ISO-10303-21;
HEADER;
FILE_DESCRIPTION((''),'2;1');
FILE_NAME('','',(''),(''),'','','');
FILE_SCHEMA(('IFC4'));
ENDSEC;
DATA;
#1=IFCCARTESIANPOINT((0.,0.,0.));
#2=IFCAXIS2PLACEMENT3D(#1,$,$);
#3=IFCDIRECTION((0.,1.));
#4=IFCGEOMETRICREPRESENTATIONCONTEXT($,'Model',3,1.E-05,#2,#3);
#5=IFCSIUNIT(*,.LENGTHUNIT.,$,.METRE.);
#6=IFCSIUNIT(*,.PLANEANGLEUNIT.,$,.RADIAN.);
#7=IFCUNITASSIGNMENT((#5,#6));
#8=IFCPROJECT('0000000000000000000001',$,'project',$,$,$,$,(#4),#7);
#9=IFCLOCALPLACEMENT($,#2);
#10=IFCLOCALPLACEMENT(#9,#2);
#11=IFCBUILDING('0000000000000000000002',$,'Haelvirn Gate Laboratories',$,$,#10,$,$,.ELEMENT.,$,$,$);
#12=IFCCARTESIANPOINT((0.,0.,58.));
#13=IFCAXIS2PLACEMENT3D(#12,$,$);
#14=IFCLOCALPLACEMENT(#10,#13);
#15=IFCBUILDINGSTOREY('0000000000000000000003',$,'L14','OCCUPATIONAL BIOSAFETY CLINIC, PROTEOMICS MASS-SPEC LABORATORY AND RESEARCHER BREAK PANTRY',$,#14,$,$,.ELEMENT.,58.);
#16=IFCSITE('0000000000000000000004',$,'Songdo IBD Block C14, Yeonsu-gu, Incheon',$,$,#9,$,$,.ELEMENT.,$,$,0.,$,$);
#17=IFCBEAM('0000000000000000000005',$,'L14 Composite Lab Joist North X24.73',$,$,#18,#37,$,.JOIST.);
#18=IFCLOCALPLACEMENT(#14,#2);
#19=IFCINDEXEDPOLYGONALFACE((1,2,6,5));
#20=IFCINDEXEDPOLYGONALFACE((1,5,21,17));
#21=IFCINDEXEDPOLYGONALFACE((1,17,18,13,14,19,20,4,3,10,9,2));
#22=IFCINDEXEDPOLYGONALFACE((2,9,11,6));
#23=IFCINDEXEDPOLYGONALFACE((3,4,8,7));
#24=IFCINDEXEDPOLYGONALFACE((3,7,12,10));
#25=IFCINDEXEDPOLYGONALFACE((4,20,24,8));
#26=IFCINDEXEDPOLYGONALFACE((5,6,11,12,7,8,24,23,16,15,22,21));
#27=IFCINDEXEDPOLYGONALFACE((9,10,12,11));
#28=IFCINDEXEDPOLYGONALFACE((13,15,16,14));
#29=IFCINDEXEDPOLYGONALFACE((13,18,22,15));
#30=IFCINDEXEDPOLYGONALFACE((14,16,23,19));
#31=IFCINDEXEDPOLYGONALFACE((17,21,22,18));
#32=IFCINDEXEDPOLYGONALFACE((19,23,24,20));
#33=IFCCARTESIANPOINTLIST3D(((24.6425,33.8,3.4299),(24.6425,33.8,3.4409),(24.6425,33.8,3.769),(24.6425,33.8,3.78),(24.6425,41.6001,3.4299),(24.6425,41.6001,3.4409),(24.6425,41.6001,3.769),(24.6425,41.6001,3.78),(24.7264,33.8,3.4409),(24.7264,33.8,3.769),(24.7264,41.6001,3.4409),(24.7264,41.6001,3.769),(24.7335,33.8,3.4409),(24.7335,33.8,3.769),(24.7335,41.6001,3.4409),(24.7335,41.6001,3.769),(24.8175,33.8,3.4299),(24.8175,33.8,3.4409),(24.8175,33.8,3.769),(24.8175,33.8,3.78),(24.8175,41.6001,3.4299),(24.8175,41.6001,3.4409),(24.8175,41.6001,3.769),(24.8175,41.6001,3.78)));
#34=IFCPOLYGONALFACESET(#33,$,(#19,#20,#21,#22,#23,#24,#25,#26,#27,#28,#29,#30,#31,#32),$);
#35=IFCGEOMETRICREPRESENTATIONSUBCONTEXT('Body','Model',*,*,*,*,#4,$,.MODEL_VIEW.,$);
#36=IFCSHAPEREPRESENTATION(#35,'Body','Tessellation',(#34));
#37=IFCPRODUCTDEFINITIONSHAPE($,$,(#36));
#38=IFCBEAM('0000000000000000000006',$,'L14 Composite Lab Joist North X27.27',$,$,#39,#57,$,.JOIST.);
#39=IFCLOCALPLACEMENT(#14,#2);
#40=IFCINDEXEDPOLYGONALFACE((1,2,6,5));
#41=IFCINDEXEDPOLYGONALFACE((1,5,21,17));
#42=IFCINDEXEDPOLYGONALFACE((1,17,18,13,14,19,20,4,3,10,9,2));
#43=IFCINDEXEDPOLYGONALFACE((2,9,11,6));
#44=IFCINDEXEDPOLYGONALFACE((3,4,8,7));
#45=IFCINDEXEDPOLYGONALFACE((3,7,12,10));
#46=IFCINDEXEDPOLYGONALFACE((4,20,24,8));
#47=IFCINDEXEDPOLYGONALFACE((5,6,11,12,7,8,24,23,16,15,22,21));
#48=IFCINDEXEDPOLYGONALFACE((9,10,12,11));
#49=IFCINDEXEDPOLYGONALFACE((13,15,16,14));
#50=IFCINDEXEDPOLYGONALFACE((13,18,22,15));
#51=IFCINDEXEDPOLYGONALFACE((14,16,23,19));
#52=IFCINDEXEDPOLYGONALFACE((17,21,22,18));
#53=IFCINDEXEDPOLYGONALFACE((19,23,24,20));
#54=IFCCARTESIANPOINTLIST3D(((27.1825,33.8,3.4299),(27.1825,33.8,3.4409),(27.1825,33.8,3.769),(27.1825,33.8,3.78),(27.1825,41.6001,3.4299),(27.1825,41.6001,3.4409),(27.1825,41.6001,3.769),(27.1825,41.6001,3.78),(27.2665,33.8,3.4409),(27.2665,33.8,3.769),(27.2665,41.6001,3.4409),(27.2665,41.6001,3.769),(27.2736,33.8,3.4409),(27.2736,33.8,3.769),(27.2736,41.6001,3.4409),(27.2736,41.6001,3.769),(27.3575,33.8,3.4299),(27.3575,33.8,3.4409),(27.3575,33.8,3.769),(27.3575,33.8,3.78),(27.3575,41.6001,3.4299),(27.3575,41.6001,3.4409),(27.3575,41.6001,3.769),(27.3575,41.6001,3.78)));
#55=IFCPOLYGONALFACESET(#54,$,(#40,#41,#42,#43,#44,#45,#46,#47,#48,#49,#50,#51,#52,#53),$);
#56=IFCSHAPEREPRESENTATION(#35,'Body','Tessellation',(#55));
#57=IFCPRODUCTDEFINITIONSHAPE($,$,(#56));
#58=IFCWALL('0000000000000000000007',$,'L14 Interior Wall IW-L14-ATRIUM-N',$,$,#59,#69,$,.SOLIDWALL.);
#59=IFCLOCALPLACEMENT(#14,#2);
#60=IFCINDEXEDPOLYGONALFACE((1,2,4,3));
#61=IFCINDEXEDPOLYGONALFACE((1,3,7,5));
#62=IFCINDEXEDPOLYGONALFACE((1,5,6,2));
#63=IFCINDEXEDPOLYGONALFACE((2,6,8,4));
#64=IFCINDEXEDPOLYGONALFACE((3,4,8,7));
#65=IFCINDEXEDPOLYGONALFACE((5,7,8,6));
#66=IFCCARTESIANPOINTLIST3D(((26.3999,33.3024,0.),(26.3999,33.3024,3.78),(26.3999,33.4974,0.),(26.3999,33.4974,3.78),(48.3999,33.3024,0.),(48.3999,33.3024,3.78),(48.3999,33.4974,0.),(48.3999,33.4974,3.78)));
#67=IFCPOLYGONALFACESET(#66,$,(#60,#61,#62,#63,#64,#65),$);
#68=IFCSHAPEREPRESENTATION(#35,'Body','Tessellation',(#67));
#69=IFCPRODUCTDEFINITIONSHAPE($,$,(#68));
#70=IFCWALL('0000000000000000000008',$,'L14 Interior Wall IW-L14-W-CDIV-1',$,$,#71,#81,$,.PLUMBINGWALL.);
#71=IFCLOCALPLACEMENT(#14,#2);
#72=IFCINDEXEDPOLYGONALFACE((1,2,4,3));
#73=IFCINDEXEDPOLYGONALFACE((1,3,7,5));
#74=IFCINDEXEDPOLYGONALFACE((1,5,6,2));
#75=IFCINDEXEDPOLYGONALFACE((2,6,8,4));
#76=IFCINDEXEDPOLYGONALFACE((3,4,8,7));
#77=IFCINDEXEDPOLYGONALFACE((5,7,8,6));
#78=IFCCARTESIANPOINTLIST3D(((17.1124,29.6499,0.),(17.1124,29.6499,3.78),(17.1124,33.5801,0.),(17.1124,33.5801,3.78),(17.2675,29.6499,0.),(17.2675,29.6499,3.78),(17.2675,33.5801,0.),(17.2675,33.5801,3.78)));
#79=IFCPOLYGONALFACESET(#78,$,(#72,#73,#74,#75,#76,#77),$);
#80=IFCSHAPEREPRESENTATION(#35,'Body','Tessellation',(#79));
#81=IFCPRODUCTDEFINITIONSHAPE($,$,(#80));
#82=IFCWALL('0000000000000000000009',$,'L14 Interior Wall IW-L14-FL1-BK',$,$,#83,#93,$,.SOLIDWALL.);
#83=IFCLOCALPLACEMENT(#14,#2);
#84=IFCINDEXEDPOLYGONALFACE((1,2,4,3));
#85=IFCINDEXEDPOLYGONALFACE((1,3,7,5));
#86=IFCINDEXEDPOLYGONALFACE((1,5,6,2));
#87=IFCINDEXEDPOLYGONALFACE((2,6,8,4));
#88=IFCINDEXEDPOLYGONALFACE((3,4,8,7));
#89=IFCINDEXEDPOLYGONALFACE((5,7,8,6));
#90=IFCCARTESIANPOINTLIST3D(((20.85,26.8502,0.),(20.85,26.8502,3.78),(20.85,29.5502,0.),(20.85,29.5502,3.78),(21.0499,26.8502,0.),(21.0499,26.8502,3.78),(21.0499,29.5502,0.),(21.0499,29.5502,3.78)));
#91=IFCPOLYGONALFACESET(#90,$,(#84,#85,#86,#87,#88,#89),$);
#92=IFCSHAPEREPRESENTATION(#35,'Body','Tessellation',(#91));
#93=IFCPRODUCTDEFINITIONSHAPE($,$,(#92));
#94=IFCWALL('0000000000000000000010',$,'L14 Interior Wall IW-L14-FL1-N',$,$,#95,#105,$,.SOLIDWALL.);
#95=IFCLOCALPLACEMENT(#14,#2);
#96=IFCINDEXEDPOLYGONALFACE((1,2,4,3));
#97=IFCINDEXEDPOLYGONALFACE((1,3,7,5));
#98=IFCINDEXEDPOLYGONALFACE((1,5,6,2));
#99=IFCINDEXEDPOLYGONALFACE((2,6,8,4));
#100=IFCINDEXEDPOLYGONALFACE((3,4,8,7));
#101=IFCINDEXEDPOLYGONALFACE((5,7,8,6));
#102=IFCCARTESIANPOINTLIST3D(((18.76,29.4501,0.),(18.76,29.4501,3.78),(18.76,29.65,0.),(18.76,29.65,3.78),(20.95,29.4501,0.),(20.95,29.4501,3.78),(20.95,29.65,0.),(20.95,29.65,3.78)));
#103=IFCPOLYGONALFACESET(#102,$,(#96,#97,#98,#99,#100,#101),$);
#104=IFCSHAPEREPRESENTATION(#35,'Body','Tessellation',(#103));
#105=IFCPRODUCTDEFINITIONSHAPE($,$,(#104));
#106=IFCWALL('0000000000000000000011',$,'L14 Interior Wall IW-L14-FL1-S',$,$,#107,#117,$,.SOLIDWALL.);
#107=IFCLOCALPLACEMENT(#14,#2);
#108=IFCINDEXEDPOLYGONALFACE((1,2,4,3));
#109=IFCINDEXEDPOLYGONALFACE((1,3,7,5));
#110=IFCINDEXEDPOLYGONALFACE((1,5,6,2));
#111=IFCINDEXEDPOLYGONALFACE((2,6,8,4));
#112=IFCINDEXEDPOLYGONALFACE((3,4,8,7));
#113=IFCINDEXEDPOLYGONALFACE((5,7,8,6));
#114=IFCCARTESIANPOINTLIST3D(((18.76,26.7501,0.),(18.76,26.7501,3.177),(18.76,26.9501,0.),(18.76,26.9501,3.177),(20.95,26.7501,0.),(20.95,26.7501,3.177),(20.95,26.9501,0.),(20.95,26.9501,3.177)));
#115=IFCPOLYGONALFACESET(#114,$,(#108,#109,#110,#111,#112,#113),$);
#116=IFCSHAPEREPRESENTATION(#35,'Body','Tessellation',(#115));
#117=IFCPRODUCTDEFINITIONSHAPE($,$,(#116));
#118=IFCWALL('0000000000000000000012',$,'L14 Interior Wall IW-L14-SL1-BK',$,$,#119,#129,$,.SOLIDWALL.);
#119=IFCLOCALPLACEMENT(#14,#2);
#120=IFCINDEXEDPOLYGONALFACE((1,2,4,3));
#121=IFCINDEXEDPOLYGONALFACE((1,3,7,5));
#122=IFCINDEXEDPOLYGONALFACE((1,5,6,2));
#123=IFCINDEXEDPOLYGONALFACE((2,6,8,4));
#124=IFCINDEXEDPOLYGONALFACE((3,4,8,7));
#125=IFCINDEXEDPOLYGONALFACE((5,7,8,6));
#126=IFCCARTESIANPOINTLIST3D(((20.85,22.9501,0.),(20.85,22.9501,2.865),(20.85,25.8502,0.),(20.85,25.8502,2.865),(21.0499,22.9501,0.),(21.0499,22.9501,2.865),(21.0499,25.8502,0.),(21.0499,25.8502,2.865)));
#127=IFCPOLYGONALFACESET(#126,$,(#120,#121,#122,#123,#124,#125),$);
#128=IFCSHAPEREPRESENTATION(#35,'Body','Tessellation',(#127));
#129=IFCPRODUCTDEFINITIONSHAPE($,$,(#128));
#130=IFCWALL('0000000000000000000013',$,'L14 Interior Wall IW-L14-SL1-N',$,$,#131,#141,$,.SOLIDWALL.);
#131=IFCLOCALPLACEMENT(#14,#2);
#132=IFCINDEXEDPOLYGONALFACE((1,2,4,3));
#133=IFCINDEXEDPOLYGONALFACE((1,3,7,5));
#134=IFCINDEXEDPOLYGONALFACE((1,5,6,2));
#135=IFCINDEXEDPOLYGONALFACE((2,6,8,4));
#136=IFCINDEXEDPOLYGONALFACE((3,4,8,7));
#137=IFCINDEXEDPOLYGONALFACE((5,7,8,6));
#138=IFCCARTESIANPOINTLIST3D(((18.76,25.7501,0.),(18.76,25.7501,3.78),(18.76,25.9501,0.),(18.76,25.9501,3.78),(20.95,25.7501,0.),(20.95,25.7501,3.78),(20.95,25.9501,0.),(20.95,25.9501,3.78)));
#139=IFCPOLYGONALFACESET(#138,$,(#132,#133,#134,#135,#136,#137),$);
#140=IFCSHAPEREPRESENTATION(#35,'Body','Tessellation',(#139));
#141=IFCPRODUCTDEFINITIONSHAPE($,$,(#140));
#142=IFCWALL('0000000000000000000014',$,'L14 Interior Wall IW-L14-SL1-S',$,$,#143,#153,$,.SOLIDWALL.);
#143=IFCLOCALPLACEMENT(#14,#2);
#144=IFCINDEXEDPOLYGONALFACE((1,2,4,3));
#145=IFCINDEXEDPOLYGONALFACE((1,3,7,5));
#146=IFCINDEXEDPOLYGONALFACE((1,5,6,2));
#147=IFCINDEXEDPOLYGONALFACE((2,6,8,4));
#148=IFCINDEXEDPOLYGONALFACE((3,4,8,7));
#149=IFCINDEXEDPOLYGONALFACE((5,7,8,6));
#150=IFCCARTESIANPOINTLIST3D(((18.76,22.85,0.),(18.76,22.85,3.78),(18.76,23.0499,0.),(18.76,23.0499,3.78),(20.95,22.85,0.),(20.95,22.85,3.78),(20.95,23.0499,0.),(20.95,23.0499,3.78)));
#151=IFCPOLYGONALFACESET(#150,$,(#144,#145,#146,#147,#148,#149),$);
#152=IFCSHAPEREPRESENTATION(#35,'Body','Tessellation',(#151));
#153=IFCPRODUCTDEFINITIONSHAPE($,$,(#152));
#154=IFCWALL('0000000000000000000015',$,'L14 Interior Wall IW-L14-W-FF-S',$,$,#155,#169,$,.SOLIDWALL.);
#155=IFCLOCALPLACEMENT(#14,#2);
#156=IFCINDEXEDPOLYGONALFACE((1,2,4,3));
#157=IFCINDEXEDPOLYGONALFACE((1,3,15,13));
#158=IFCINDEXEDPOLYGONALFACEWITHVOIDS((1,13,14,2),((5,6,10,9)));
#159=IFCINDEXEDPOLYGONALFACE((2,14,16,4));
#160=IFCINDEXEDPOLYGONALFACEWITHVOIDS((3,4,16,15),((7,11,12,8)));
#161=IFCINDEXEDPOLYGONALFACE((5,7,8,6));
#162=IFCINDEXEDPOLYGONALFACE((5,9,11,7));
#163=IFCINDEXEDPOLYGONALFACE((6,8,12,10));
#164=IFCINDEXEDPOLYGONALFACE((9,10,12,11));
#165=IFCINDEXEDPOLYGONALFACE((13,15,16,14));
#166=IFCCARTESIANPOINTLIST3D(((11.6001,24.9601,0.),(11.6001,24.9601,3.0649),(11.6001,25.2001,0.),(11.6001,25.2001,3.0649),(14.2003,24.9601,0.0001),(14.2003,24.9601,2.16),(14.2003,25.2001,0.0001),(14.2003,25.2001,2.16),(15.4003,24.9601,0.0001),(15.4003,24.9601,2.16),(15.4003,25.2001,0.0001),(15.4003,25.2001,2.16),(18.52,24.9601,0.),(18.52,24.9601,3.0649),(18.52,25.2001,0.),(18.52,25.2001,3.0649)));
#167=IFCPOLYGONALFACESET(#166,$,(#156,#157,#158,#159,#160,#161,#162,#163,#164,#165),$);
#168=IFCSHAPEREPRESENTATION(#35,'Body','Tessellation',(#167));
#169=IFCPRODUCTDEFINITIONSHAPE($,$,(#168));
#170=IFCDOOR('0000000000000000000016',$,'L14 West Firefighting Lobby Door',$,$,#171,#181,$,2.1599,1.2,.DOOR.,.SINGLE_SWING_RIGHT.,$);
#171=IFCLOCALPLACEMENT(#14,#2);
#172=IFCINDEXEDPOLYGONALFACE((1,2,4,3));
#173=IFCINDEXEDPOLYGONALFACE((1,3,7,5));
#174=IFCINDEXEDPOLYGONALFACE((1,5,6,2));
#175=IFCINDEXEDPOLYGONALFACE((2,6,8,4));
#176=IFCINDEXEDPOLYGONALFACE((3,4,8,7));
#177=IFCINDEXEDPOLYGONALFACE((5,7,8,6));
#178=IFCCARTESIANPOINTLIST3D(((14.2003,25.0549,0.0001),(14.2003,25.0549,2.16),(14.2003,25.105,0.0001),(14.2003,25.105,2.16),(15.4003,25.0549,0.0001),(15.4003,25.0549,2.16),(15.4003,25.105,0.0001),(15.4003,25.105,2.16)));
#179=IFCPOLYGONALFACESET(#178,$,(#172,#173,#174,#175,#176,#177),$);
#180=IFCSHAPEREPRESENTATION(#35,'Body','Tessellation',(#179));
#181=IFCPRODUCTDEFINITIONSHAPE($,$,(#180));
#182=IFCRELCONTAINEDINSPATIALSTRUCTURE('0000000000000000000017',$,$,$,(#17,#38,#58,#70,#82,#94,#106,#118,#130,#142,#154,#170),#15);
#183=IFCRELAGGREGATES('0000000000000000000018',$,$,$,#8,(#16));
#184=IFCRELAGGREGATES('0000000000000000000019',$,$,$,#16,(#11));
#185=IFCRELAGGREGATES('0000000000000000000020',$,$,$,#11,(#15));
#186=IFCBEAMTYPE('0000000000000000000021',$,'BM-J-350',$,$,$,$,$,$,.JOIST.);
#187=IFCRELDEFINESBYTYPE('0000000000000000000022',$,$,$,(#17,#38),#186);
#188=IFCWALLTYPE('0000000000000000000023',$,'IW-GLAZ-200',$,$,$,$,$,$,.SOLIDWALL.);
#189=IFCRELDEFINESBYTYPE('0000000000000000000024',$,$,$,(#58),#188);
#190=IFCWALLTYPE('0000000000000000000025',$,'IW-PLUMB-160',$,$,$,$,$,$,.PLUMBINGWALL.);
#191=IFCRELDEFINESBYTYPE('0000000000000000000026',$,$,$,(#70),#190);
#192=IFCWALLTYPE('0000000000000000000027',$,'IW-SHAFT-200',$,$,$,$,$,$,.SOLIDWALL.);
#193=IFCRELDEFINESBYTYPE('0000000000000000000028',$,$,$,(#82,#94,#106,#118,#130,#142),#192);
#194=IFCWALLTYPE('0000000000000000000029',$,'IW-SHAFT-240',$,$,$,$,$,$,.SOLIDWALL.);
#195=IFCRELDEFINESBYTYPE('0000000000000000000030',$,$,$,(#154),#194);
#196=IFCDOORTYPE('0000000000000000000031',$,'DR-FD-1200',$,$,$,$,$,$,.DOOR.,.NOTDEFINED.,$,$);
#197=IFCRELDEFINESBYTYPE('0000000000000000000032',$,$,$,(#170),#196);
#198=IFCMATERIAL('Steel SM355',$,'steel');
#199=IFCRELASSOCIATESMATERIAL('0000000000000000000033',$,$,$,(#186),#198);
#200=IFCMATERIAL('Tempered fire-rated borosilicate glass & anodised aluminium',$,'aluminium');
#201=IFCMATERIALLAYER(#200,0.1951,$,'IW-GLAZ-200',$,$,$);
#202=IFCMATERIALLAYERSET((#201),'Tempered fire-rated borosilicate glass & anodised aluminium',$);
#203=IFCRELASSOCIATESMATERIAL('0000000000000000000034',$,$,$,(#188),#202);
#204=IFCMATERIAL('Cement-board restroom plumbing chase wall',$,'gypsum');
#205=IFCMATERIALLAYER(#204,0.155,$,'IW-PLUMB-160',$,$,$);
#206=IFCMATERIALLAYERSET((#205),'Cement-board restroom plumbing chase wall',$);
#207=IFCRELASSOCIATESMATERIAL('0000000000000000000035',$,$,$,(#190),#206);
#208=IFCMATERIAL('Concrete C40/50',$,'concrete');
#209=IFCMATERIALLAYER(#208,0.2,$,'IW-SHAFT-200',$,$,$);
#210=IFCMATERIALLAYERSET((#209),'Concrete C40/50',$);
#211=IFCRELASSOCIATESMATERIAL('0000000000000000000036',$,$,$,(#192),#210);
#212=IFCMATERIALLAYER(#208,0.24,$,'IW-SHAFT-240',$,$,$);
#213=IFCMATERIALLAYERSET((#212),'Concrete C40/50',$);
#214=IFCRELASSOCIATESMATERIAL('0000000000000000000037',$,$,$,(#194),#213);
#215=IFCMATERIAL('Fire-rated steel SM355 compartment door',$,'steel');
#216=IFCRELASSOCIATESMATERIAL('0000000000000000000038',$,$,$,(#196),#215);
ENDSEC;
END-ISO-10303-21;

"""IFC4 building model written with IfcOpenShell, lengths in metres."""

from ifc_helpers import new_model, si_unit, direction, frame, frame_2d, origin, origin_2d, place, context, subcontext, project, spatial, rectangle, i_section, extrude, source, transform, mapped, material, layer, layer_set, material_profile, profile_set, type_object, type_shapes, element, fill, save


model = new_model("IFC4")

# Units and contexts
model_context = context("Model", 3, precision=1e-05, world=origin(), true_north=direction((0.0, 1.0)))
body_context = subcontext(model_context, "Body", "Model", "MODEL_VIEW")
ifc_project = project(units=[si_unit("LENGTHUNIT", "METRE"), si_unit("PLANEANGLEUNIT", "RADIAN")], contexts=[model_context])

# Site, building, storey
site_placement = place(None, origin())
site = spatial("IfcSite", under=ifc_project, at=site_placement, Name="Songdo IBD Block C14, Yeonsu-gu, Incheon", CompositionType="ELEMENT", RefElevation=0.0)
building_placement = place(site_placement, origin())
building = spatial("IfcBuilding", under=site, at=building_placement, Name="Haelvirn Gate Laboratories", CompositionType="ELEMENT")
storey_placement = place(building_placement, frame((0.0, 0.0, 58.0)))
storey = spatial("IfcBuildingStorey", under=building, at=storey_placement, Name="L14", Description="OCCUPATIONAL BIOSAFETY CLINIC, PROTEOMICS MASS-SPEC LABORATORY AND RESEARCHER BREAK PANTRY", CompositionType="ELEMENT", Elevation=58.0)

# Beams
ifc_material_1 = material(Name="Steel SM355", Category="steel")
ifc_material_profile_1 = material_profile(ifc_material_1, i_section(OverallWidth=0.175, OverallDepth=0.3501, WebThickness=0.0071, FlangeThickness=0.011, at=origin_2d()), Name="H-350x175x7x11")
ifc_profile_set_1 = profile_set([ifc_material_profile_1], Name="Steel SM355")
beam_type_1 = type_object("IfcBeamType", Name="BM-J-350", PredefinedType="JOIST", material=ifc_profile_set_1)
shared_shape_1 = source(origin(), body_context, "Body", "SweptSolid", [
    extrude(i_section(OverallWidth=0.175, OverallDepth=0.3501, WebThickness=0.0071, FlangeThickness=0.011, at=origin_2d()), origin(), (0.0, 0.0, 1.0), 7.8),
])
type_shapes(beam_type_1, [shared_shape_1])
for number, where, z_axis, x_axis, name in (
    (1, (24.73, 33.8, 3.605), (0.0, 1.0, 0.0), (-1.0, 0.0, 0.0), "L14 Composite Lab Joist North X24.73"),
    (2, (27.27, 33.8, 3.605), (0.0, 1.0, 0.0), (-1.0, 0.0, 0.0), "L14 Composite Lab Joist North X27.27"),
):
    element("IfcBeam", number, at=place(storey_placement, frame(where, z_axis=z_axis, x_axis=x_axis)), inside=storey, type_object=beam_type_1, Name=name, PredefinedType="JOIST", context=body_context, shape_type="MappedRepresentation", body=[
        mapped(shared_shape_1, transform((0.0, 0.0, 0.0), scale=1.0)),
    ])

# Walls
ifc_material_2 = material(Name="Tempered fire-rated borosilicate glass & anodised aluminium", Category="aluminium")
ifc_layer_1 = layer(ifc_material_2, 0.1951, Name="IW-GLAZ-200")
ifc_layer_set_1 = layer_set([ifc_layer_1], Name="Tempered fire-rated borosilicate glass & anodised aluminium")
wall_type_1 = type_object("IfcWallType", Name="IW-GLAZ-200", PredefinedType="SOLIDWALL", material=ifc_layer_set_1)
wall_1_placement = place(storey_placement, frame((26.3999, 33.3999, 0.0), z_axis=(0.0, 0.0, 1.0), x_axis=(1.0, 0.0, 0.0)))
element("IfcWall", 3, at=wall_1_placement, inside=storey, type_object=wall_type_1, Name="L14 Interior Wall IW-L14-ATRIUM-N", PredefinedType="SOLIDWALL", context=body_context, shape_type="SweptSolid", body=[
    extrude(rectangle(XDim=22.0, YDim=0.1951, at=frame_2d((11.0, 0.0))), origin(), (0.0, 0.0, 1.0), 3.78),
])
ifc_material_3 = material(Name="Cement-board restroom plumbing chase wall", Category="gypsum")
ifc_layer_2 = layer(ifc_material_3, 0.155, Name="IW-PLUMB-160")
ifc_layer_set_2 = layer_set([ifc_layer_2], Name="Cement-board restroom plumbing chase wall")
wall_type_2 = type_object("IfcWallType", Name="IW-PLUMB-160", PredefinedType="PLUMBINGWALL", material=ifc_layer_set_2)
wall_2_placement = place(storey_placement, frame((17.1899, 29.6499, 0.0), z_axis=(0.0, 0.0, 1.0), x_axis=(0.0, 1.0, 0.0)))
element("IfcWall", 4, at=wall_2_placement, inside=storey, type_object=wall_type_2, Name="L14 Interior Wall IW-L14-W-CDIV-1", PredefinedType="PLUMBINGWALL", context=body_context, shape_type="SweptSolid", body=[
    extrude(rectangle(XDim=3.9302, YDim=0.155, at=frame_2d((1.9651, 0.0))), origin(), (0.0, 0.0, 1.0), 3.78),
])
ifc_material_4 = material(Name="Concrete C40/50", Category="concrete")
ifc_layer_3 = layer(ifc_material_4, 0.2, Name="IW-SHAFT-200")
ifc_layer_set_3 = layer_set([ifc_layer_3], Name="Concrete C40/50")
wall_type_3 = type_object("IfcWallType", Name="IW-SHAFT-200", PredefinedType="SOLIDWALL", material=ifc_layer_set_3)
wall_3_placement = place(storey_placement, frame((20.95, 26.8501, 0.0), z_axis=(0.0, 0.0, 1.0), x_axis=(0.0, 1.0, 0.0)))
element("IfcWall", 5, at=wall_3_placement, inside=storey, type_object=wall_type_3, Name="L14 Interior Wall IW-L14-FL1-BK", PredefinedType="SOLIDWALL", context=body_context, shape_type="SweptSolid", body=[
    extrude(rectangle(XDim=2.7, YDim=0.2, at=frame_2d((1.3501, 0.0))), origin(), (0.0, 0.0, 1.0), 3.78),
])
wall_4_placement = place(storey_placement, frame((18.76, 29.55, 0.0), z_axis=(0.0, 0.0, 1.0), x_axis=(1.0, 0.0, 0.0)))
element("IfcWall", 6, at=wall_4_placement, inside=storey, type_object=wall_type_3, Name="L14 Interior Wall IW-L14-FL1-N", PredefinedType="SOLIDWALL", context=body_context, shape_type="SweptSolid", body=[
    extrude(rectangle(XDim=2.1899, YDim=0.2, at=frame_2d((1.095, 0.0))), origin(), (0.0, 0.0, 1.0), 3.78),
])
wall_5_placement = place(storey_placement, frame((18.76, 26.8501, 0.0), z_axis=(0.0, 0.0, 1.0), x_axis=(1.0, 0.0, 0.0)))
element("IfcWall", 7, at=wall_5_placement, inside=storey, type_object=wall_type_3, Name="L14 Interior Wall IW-L14-FL1-S", PredefinedType="SOLIDWALL", context=body_context, shape_type="SweptSolid", body=[
    extrude(rectangle(XDim=2.1899, YDim=0.2, at=frame_2d((1.095, 0.0))), origin(), (0.0, 0.0, 1.0), 3.177),
])
wall_6_placement = place(storey_placement, frame((20.95, 22.95, 0.0), z_axis=(0.0, 0.0, 1.0), x_axis=(0.0, 1.0, 0.0)))
element("IfcWall", 8, at=wall_6_placement, inside=storey, type_object=wall_type_3, Name="L14 Interior Wall IW-L14-SL1-BK", PredefinedType="SOLIDWALL", context=body_context, shape_type="SweptSolid", body=[
    extrude(rectangle(XDim=2.9001, YDim=0.2, at=frame_2d((1.4502, 0.0))), origin(), (0.0, 0.0, 1.0), 2.865),
])
for number, where, z_axis, x_axis, name in (
    (9, (18.76, 25.8501, 0.0), (0.0, 0.0, 1.0), (1.0, 0.0, 0.0), "L14 Interior Wall IW-L14-SL1-N"),
    (10, (18.76, 22.95, 0.0), (0.0, 0.0, 1.0), (1.0, 0.0, 0.0), "L14 Interior Wall IW-L14-SL1-S"),
):
    element("IfcWall", number, at=place(storey_placement, frame(where, z_axis=z_axis, x_axis=x_axis)), inside=storey, type_object=wall_type_3, Name=name, PredefinedType="SOLIDWALL", context=body_context, shape_type="SweptSolid", body=[
        extrude(rectangle(XDim=2.1899, YDim=0.2, at=frame_2d((1.095, 0.0))), origin(), (0.0, 0.0, 1.0), 3.78),
    ])

# Wall, opening, door
ifc_layer_4 = layer(ifc_material_4, 0.24, Name="IW-SHAFT-240")
ifc_layer_set_4 = layer_set([ifc_layer_4], Name="Concrete C40/50")
wall_type_4 = type_object("IfcWallType", Name="IW-SHAFT-240", PredefinedType="SOLIDWALL", material=ifc_layer_set_4)
wall_7_placement = place(storey_placement, frame((11.6001, 25.0801, 0.0), z_axis=(0.0, 0.0, 1.0), x_axis=(1.0, 0.0, 0.0)))
wall_7 = element("IfcWall", 11, at=wall_7_placement, inside=storey, type_object=wall_type_4, Name="L14 Interior Wall IW-L14-W-FF-S", PredefinedType="SOLIDWALL", context=body_context, shape_type="SweptSolid", body=[
    extrude(rectangle(XDim=6.9199, YDim=0.24, at=frame_2d((3.46, 0.0))), origin(), (0.0, 0.0, 1.0), 3.0649),
])
opening_1_placement = place(wall_7_placement, frame((2.6001, 0.0, 0.0)))
opening_1 = element("IfcOpeningElement", 12, at=opening_1_placement, cuts=wall_7, PredefinedType="OPENING", context=body_context, shape_type="SweptSolid", body=[
    extrude(rectangle(XDim=1.2, YDim=2.1599, at=frame_2d((0.6001, 1.0801))), frame((0.0, 0.1299, 0.0), z_axis=(0.0, -1.0, 0.0), x_axis=(1.0, 0.0, 0.0)), (0.0, 0.0, 1.0), 0.26),
])
ifc_material_5 = material(Name="Fire-rated steel SM355 compartment door", Category="steel")
door_type_1 = type_object("IfcDoorType", Name="DR-FD-1200", OperationType="NOTDEFINED", PredefinedType="DOOR", material=ifc_material_5)
shared_shape_2 = source(origin(), body_context, "Body", "SweptSolid", [
    extrude(rectangle(XDim=1.2, YDim=2.1599, at=frame_2d((0.6001, 1.0801))), frame((0.0, 0.0249, 0.0), z_axis=(0.0, -1.0, 0.0), x_axis=(1.0, 0.0, 0.0)), (0.0, 0.0, 1.0), 0.05),
])
type_shapes(door_type_1, [shared_shape_2])
door_1_placement = place(opening_1_placement, origin())
door_1 = element("IfcDoor", 13, at=door_1_placement, inside=storey, type_object=door_type_1, Name="L14 West Firefighting Lobby Door", OperationType="SINGLE_SWING_RIGHT", OverallHeight=2.1599, OverallWidth=1.2, PredefinedType="DOOR", context=body_context, shape_type="MappedRepresentation", body=[
    mapped(shared_shape_2, transform((0.0, 0.0, 0.0), scale=1.0)),
])
fill(opening_1, door_1)

save(model, "model.ifc")
